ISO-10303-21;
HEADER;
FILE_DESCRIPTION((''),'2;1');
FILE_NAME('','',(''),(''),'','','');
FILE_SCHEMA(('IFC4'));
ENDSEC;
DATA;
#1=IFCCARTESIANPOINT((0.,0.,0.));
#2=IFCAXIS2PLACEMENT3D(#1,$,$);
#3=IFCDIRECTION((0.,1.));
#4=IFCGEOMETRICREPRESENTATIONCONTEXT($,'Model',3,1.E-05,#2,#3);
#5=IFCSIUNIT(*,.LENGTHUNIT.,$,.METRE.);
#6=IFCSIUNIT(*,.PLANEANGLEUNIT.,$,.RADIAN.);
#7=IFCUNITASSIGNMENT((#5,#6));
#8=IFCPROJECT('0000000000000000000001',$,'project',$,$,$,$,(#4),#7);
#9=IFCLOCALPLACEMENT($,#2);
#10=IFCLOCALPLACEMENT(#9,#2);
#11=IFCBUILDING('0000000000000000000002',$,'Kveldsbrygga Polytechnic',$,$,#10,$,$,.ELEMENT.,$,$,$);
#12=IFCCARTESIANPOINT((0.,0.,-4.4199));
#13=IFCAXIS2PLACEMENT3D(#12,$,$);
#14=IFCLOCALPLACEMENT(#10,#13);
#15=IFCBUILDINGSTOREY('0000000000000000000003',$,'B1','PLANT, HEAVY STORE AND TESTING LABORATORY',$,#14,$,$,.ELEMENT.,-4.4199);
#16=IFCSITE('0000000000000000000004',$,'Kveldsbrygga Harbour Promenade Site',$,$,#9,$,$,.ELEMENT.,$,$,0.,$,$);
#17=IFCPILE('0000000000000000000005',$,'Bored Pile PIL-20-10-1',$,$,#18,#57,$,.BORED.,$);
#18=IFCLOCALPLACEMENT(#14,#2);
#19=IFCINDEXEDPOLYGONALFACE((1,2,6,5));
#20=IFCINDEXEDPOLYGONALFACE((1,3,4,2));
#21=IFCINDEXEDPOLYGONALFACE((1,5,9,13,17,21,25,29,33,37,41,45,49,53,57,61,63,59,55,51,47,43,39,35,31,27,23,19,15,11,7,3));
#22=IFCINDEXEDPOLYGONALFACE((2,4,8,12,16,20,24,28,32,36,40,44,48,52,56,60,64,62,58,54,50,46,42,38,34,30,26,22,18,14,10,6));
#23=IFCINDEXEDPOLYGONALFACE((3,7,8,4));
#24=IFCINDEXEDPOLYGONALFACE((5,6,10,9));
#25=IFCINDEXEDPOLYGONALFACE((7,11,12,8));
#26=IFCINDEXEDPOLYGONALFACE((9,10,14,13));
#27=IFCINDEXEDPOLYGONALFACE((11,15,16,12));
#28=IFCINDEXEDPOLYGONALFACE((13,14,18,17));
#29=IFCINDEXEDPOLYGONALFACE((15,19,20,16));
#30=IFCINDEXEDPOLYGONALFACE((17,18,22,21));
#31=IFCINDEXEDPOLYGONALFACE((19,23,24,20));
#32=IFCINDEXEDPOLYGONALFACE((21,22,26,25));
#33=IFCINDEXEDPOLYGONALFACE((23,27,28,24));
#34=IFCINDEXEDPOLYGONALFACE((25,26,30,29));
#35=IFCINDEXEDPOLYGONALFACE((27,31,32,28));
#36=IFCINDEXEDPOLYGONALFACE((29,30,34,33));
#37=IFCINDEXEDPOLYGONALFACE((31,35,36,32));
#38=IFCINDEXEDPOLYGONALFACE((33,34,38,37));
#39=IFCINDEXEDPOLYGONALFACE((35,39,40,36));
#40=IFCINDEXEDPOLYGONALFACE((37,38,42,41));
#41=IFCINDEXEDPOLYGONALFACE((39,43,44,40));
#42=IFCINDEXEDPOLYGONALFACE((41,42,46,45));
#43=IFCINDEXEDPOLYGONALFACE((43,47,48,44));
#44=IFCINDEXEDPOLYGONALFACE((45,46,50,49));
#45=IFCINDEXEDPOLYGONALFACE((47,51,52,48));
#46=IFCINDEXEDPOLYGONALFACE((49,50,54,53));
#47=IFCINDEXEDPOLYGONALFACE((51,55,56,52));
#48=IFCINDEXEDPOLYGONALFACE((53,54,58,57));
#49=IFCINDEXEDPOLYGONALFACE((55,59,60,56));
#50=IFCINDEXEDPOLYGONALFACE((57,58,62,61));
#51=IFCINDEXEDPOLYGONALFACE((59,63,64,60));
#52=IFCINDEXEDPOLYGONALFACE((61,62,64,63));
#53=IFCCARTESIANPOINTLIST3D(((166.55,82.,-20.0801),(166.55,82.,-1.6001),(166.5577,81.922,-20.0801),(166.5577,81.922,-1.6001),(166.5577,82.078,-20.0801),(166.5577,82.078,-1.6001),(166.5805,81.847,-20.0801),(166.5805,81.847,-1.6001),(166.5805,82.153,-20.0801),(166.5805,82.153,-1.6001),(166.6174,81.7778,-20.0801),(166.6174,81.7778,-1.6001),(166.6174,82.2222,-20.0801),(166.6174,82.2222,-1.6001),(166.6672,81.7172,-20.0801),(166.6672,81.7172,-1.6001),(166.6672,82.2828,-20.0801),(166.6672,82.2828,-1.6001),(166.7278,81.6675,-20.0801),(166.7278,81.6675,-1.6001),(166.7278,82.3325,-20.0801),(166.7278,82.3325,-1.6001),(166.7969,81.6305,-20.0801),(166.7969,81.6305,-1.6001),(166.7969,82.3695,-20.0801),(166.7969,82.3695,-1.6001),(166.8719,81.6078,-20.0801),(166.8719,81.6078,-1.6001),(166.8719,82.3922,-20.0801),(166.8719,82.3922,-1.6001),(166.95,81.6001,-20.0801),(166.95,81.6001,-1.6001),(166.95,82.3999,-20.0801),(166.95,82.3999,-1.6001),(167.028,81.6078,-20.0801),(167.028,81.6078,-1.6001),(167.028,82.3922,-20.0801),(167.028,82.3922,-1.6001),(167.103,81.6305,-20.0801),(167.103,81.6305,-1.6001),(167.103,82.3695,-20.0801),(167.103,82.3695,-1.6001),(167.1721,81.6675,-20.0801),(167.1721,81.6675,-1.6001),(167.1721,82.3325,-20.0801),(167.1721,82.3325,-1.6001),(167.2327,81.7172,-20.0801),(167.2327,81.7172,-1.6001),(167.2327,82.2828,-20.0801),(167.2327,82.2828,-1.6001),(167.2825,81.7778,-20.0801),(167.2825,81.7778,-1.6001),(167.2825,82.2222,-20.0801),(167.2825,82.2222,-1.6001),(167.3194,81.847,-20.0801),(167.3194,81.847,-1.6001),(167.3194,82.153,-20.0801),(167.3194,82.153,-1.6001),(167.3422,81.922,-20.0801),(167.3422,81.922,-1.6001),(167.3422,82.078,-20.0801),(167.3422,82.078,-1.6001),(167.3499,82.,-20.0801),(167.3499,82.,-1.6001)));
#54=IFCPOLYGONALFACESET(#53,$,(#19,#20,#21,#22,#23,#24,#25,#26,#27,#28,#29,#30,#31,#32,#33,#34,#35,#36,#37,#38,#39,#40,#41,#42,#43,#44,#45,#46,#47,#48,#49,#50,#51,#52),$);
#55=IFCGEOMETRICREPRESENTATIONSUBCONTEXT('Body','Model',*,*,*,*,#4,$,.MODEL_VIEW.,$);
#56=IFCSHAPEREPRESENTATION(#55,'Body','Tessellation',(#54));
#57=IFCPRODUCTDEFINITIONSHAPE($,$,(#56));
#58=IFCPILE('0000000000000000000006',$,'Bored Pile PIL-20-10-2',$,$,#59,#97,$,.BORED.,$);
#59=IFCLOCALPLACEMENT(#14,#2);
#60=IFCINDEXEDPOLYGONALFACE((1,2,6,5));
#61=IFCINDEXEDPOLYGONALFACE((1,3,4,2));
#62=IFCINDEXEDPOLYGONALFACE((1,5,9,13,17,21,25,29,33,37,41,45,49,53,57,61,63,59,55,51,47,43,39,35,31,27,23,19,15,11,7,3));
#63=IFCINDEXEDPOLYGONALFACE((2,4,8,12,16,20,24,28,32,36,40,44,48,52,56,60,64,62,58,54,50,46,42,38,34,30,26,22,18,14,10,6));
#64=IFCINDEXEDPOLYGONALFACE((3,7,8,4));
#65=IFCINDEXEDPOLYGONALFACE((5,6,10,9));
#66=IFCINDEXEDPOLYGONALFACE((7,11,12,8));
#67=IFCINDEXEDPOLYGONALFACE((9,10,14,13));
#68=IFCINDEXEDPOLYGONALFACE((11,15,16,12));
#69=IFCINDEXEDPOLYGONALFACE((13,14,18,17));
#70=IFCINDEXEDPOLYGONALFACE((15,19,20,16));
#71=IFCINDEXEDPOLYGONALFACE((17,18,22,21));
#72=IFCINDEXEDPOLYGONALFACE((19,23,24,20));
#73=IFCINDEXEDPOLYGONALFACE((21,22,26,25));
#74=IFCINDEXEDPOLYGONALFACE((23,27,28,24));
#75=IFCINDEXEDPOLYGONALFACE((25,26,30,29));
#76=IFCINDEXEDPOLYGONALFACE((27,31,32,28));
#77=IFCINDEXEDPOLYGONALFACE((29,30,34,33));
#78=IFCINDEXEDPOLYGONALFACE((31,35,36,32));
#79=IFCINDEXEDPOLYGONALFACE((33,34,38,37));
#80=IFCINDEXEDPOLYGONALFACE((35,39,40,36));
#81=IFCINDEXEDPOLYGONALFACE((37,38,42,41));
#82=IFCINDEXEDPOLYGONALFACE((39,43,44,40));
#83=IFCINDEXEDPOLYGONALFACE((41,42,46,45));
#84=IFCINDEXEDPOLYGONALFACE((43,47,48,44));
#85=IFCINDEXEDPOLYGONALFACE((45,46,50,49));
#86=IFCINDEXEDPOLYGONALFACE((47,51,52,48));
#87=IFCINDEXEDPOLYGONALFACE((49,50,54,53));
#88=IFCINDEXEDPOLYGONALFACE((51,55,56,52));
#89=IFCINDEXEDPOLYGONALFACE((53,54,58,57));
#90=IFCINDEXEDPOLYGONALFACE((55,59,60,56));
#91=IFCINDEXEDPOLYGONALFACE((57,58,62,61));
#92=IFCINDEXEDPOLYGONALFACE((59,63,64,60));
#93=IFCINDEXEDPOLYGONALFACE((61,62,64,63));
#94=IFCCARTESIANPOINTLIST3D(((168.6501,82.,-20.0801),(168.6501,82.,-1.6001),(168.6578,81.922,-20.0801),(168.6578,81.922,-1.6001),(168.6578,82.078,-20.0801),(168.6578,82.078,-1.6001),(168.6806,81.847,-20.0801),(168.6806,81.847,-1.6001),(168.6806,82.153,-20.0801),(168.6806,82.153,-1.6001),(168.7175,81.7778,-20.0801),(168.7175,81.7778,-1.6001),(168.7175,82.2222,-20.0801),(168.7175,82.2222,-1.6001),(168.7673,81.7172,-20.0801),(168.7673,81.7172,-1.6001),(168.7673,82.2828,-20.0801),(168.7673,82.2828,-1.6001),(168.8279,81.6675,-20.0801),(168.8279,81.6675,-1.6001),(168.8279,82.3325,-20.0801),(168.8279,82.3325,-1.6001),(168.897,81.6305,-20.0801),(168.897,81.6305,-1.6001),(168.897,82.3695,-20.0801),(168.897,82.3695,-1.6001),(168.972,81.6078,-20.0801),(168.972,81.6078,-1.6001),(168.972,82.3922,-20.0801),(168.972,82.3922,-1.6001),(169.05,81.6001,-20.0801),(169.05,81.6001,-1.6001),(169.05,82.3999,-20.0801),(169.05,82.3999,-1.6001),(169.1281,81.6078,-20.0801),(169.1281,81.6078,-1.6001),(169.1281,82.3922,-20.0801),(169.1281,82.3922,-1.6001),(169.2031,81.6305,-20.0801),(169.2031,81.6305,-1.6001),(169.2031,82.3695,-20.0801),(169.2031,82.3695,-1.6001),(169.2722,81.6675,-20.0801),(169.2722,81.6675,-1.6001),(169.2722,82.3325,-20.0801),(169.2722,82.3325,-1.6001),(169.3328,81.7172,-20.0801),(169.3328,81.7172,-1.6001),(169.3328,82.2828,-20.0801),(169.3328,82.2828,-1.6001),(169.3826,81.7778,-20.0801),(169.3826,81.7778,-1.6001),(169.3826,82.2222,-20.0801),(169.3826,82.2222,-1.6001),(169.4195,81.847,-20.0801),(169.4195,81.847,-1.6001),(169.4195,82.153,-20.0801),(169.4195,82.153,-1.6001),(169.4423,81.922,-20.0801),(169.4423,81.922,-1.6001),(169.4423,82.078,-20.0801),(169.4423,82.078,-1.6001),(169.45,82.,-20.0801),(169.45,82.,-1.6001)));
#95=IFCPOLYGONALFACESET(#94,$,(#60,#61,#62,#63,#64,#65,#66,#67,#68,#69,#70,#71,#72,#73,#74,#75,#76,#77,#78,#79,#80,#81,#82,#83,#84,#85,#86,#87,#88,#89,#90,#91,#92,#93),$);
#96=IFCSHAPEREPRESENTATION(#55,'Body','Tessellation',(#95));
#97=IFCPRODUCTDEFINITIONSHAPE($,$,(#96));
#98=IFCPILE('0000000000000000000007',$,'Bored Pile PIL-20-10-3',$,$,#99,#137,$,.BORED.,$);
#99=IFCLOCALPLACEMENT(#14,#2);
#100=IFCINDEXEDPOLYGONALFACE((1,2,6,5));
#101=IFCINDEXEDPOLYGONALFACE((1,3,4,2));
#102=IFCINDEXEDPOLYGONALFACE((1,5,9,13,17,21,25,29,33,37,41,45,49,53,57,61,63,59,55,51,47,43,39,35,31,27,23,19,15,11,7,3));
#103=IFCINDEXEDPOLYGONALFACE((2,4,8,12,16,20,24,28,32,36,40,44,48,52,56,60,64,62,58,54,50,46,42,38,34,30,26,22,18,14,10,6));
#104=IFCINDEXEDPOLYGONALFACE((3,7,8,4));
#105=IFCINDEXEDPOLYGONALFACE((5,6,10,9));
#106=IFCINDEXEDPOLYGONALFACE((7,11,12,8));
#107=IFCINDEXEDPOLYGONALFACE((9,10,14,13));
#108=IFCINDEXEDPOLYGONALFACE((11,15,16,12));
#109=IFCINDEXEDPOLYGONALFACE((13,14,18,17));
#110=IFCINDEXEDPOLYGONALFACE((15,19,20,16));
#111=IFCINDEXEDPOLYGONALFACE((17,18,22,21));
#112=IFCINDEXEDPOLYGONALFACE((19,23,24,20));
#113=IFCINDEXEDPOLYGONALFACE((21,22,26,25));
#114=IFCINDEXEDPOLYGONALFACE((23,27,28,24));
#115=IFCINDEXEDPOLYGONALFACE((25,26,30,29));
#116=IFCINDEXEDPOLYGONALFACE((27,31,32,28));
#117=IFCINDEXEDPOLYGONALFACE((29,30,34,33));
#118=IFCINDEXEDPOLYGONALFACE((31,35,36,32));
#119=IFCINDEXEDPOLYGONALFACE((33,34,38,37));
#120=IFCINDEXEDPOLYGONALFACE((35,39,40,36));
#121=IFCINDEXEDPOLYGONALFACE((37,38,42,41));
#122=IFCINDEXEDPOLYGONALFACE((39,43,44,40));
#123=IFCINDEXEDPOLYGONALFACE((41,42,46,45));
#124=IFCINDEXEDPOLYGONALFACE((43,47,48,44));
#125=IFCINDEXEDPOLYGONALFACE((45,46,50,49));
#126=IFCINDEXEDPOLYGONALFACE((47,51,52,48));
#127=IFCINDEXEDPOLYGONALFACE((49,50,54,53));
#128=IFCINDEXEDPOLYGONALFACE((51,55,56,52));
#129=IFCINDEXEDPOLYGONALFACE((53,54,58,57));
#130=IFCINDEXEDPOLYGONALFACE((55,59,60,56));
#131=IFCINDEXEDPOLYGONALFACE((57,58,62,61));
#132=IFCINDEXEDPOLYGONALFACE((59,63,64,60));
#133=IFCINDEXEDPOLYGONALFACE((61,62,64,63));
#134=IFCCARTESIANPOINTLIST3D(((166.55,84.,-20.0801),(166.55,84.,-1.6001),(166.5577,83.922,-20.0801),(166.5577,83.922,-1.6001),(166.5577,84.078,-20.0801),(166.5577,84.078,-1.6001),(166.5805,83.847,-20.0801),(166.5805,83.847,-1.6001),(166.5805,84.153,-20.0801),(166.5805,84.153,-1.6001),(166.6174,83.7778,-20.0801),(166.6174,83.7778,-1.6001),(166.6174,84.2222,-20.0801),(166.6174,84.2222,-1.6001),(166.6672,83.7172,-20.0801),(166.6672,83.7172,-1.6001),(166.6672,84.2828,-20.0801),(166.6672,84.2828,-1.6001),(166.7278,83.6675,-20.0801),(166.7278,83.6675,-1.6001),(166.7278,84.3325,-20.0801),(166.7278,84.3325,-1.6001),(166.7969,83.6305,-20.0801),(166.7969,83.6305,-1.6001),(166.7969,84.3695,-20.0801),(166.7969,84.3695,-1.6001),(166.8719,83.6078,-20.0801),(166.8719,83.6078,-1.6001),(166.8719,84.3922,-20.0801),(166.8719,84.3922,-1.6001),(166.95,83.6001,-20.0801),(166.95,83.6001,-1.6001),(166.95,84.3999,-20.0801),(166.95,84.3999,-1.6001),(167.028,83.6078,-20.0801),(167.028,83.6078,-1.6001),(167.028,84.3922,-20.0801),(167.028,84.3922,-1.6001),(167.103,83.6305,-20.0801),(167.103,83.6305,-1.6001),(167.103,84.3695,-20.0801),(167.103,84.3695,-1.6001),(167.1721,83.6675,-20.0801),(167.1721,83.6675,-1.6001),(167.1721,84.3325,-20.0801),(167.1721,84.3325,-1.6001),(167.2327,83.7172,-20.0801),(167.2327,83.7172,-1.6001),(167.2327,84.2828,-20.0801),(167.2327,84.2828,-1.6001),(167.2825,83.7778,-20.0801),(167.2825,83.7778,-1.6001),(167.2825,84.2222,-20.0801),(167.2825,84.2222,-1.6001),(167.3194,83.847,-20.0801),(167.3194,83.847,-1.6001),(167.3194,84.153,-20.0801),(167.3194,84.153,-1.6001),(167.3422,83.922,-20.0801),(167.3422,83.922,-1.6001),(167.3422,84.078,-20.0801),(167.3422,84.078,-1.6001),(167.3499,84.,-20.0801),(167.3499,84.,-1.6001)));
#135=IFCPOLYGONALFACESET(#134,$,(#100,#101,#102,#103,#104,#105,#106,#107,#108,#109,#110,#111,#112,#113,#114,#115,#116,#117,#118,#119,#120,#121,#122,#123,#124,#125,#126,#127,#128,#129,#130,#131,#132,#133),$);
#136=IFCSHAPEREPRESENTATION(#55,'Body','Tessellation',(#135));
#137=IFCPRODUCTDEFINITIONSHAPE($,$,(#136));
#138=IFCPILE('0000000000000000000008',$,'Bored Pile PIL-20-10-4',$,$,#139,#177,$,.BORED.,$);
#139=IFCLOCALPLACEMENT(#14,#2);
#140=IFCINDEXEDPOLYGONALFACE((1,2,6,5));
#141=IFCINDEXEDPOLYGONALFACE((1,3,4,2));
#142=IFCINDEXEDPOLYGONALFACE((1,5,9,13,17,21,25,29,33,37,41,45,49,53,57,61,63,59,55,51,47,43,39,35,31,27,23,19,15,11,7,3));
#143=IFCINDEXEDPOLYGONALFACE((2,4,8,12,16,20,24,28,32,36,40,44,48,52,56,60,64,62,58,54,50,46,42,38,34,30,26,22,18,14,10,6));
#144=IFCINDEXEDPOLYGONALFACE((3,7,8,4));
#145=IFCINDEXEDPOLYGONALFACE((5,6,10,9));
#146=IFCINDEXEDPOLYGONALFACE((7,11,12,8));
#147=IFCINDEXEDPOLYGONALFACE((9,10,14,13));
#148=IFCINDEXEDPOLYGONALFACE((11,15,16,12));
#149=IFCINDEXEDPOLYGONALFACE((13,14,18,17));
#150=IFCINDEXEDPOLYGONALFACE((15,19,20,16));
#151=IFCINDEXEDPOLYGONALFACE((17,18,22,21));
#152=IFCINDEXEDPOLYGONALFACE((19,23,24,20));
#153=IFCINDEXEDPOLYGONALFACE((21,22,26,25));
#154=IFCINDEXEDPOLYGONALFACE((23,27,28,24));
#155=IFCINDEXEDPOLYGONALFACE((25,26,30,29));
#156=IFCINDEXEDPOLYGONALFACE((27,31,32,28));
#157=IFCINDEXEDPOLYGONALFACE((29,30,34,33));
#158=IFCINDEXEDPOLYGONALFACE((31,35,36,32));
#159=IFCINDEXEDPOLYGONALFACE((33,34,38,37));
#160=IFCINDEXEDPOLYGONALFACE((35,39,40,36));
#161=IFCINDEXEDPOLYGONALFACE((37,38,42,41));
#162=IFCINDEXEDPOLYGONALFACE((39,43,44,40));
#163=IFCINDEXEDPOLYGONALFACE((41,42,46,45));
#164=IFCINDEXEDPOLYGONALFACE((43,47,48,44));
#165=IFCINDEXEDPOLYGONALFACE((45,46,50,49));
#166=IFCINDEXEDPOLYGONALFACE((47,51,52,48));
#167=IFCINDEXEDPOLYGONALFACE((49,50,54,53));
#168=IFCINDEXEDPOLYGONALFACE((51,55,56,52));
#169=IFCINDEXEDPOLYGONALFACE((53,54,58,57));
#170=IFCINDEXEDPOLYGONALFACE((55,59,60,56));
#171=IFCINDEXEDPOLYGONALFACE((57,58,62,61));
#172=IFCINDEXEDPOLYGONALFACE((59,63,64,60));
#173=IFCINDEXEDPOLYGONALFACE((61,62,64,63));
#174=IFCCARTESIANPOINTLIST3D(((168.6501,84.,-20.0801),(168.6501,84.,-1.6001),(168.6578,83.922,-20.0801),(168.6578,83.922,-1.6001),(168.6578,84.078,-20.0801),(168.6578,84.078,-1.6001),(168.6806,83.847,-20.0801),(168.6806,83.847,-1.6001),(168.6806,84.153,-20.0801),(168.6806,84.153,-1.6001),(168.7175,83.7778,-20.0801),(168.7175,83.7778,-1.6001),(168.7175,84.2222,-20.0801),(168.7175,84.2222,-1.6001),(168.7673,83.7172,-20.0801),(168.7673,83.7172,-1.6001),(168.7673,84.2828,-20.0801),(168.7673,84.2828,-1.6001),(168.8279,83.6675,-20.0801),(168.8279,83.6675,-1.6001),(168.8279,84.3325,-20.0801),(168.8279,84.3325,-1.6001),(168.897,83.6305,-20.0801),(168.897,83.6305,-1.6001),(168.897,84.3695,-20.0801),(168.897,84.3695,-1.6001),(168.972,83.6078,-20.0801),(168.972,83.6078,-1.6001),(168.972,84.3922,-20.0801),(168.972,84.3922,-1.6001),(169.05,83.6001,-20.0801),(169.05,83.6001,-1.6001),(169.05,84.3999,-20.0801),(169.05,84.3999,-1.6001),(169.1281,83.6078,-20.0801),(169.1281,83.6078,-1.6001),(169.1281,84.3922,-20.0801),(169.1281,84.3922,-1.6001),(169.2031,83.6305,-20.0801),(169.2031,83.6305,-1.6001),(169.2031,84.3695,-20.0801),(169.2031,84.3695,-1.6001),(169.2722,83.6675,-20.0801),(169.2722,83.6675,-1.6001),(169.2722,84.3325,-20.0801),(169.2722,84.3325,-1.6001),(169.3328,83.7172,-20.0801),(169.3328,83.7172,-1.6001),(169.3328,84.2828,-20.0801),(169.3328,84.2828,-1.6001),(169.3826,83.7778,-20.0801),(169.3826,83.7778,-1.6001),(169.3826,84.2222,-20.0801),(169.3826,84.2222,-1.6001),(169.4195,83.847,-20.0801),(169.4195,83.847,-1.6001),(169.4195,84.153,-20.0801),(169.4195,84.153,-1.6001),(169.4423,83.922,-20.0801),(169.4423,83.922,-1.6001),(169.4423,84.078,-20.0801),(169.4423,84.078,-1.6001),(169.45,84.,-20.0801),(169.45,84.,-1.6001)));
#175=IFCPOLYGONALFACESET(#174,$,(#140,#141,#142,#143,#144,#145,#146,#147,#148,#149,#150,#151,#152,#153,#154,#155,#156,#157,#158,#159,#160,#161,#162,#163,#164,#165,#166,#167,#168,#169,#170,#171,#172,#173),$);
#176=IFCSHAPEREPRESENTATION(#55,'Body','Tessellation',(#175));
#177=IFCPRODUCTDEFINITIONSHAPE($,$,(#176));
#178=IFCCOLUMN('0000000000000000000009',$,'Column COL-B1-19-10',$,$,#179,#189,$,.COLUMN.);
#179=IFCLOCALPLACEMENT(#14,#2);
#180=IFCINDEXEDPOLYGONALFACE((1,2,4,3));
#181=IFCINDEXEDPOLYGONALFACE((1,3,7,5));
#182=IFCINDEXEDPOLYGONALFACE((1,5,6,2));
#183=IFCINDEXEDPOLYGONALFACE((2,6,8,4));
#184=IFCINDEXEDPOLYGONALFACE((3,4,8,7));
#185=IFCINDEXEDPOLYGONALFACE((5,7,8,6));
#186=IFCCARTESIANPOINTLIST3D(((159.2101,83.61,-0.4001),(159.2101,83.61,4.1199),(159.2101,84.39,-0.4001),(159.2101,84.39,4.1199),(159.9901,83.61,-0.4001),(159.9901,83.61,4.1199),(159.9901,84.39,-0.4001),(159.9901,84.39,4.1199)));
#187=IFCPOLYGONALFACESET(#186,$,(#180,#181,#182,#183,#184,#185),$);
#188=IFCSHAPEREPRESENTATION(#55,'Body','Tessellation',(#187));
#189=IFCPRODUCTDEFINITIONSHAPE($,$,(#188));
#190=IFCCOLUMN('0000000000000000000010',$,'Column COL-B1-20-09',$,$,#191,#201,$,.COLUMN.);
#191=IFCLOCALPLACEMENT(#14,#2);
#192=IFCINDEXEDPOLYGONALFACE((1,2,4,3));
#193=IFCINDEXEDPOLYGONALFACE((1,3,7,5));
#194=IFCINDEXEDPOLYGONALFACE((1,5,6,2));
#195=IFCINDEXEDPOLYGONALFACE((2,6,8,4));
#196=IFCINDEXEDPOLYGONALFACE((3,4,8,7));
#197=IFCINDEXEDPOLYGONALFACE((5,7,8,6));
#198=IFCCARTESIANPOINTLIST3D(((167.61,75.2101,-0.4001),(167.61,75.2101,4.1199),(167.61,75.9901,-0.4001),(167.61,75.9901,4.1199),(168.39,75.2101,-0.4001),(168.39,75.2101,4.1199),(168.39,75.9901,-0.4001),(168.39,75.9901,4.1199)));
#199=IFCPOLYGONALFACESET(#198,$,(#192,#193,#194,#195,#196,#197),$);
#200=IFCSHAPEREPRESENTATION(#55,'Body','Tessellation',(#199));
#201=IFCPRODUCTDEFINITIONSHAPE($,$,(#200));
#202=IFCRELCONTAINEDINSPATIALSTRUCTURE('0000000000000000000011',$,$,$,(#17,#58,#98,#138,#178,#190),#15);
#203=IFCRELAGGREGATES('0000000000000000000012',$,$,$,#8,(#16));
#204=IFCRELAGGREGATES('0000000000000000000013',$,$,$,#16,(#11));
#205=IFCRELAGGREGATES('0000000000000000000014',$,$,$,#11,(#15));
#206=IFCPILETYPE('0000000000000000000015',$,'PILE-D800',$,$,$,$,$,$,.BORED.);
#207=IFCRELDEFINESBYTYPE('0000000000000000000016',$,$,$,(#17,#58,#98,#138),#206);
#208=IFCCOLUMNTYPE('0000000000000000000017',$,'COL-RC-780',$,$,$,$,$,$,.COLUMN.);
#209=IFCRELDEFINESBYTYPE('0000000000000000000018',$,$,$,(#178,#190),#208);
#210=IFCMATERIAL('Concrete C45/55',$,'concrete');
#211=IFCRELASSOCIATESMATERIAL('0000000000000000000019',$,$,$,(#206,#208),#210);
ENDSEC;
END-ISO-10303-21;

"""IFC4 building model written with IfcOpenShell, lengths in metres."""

from ifc_helpers import new_model, si_unit, direction, frame, origin, origin_2d, place, context, subcontext, project, spatial, rectangle, circle, extrude, material, material_profile, profile_set, type_object, element, save


model = new_model("IFC4")

# Units and contexts
model_context = context("Model", 3, precision=1e-05, world=origin(), true_north=direction((0.0, 1.0)))
body_context = subcontext(model_context, "Body", "Model", "MODEL_VIEW")
ifc_project = project(units=[si_unit("LENGTHUNIT", "METRE"), si_unit("PLANEANGLEUNIT", "RADIAN")], contexts=[model_context])

# Site, building, storey
site_placement = place(None, origin())
site = spatial("IfcSite", under=ifc_project, at=site_placement, Name="Kveldsbrygga Harbour Promenade Site", CompositionType="ELEMENT", RefElevation=0.0)
building_placement = place(site_placement, origin())
building = spatial("IfcBuilding", under=site, at=building_placement, Name="Kveldsbrygga Polytechnic", CompositionType="ELEMENT")
storey_placement = place(building_placement, frame((0.0, 0.0, -4.4199)))
storey = spatial("IfcBuildingStorey", under=building, at=storey_placement, Name="B1", Description="PLANT, HEAVY STORE AND TESTING LABORATORY", CompositionType="ELEMENT", Elevation=-4.4199)

# Shared definitions
ifc_material_1 = material(Name="Concrete C45/55", Category="concrete")

# Piles
ifc_material_profile_1 = material_profile(ifc_material_1, circle(Radius=0.3999, at=origin_2d()), Name="PILE D800")
ifc_profile_set_1 = profile_set([ifc_material_profile_1], Name="Concrete C45/55")
pile_type = type_object("IfcPileType", Name="PILE-D800", PredefinedType="BORED", material=ifc_profile_set_1)
for number, where, z_axis, x_axis, name in (
    (1, (166.95, 82.0, -1.6001), (0.0, 0.0, -1.0), (1.0, 0.0, 0.0), "Bored Pile PIL-20-10-1"),
    (2, (169.05, 82.0, -1.6001), (0.0, 0.0, -1.0), (1.0, 0.0, 0.0), "Bored Pile PIL-20-10-2"),
    (3, (166.95, 84.0, -1.6001), (0.0, 0.0, -1.0), (1.0, 0.0, 0.0), "Bored Pile PIL-20-10-3"),
    (4, (169.05, 84.0, -1.6001), (0.0, 0.0, -1.0), (1.0, 0.0, 0.0), "Bored Pile PIL-20-10-4"),
):
    element("IfcPile", number, at=place(storey_placement, frame(where, z_axis=z_axis, x_axis=x_axis)), inside=storey, type_object=pile_type, Name=name, PredefinedType="BORED", context=body_context, shape_type="SweptSolid", body=[
        extrude(circle(Radius=0.3999, at=origin_2d()), origin(), (0.0, 0.0, 1.0), 18.48),
    ])

# Columns
ifc_material_profile_2 = material_profile(ifc_material_1, rectangle(XDim=0.78, YDim=0.78, at=origin_2d()), Name="RC 780x780")
ifc_profile_set_2 = profile_set([ifc_material_profile_2], Name="Concrete C45/55")
column_type_1 = type_object("IfcColumnType", Name="COL-RC-780", PredefinedType="COLUMN", material=ifc_profile_set_2)
for number, where, z_axis, x_axis, name in (
    (5, (159.6001, 84.0, -0.4001), (0.0, 0.0, 1.0), (1.0, 0.0, 0.0), "Column COL-B1-19-10"),
    (6, (168.0, 75.6001, -0.4001), (0.0, 0.0, 1.0), (1.0, 0.0, 0.0), "Column COL-B1-20-09"),
):
    element("IfcColumn", number, at=place(storey_placement, frame(where, z_axis=z_axis, x_axis=x_axis)), inside=storey, type_object=column_type_1, Name=name, PredefinedType="COLUMN", context=body_context, shape_type="SweptSolid", body=[
        extrude(rectangle(XDim=0.78, YDim=0.78, at=origin_2d()), origin(), (0.0, 0.0, 1.0), 4.52),
    ])

save(model, "model.ifc")
